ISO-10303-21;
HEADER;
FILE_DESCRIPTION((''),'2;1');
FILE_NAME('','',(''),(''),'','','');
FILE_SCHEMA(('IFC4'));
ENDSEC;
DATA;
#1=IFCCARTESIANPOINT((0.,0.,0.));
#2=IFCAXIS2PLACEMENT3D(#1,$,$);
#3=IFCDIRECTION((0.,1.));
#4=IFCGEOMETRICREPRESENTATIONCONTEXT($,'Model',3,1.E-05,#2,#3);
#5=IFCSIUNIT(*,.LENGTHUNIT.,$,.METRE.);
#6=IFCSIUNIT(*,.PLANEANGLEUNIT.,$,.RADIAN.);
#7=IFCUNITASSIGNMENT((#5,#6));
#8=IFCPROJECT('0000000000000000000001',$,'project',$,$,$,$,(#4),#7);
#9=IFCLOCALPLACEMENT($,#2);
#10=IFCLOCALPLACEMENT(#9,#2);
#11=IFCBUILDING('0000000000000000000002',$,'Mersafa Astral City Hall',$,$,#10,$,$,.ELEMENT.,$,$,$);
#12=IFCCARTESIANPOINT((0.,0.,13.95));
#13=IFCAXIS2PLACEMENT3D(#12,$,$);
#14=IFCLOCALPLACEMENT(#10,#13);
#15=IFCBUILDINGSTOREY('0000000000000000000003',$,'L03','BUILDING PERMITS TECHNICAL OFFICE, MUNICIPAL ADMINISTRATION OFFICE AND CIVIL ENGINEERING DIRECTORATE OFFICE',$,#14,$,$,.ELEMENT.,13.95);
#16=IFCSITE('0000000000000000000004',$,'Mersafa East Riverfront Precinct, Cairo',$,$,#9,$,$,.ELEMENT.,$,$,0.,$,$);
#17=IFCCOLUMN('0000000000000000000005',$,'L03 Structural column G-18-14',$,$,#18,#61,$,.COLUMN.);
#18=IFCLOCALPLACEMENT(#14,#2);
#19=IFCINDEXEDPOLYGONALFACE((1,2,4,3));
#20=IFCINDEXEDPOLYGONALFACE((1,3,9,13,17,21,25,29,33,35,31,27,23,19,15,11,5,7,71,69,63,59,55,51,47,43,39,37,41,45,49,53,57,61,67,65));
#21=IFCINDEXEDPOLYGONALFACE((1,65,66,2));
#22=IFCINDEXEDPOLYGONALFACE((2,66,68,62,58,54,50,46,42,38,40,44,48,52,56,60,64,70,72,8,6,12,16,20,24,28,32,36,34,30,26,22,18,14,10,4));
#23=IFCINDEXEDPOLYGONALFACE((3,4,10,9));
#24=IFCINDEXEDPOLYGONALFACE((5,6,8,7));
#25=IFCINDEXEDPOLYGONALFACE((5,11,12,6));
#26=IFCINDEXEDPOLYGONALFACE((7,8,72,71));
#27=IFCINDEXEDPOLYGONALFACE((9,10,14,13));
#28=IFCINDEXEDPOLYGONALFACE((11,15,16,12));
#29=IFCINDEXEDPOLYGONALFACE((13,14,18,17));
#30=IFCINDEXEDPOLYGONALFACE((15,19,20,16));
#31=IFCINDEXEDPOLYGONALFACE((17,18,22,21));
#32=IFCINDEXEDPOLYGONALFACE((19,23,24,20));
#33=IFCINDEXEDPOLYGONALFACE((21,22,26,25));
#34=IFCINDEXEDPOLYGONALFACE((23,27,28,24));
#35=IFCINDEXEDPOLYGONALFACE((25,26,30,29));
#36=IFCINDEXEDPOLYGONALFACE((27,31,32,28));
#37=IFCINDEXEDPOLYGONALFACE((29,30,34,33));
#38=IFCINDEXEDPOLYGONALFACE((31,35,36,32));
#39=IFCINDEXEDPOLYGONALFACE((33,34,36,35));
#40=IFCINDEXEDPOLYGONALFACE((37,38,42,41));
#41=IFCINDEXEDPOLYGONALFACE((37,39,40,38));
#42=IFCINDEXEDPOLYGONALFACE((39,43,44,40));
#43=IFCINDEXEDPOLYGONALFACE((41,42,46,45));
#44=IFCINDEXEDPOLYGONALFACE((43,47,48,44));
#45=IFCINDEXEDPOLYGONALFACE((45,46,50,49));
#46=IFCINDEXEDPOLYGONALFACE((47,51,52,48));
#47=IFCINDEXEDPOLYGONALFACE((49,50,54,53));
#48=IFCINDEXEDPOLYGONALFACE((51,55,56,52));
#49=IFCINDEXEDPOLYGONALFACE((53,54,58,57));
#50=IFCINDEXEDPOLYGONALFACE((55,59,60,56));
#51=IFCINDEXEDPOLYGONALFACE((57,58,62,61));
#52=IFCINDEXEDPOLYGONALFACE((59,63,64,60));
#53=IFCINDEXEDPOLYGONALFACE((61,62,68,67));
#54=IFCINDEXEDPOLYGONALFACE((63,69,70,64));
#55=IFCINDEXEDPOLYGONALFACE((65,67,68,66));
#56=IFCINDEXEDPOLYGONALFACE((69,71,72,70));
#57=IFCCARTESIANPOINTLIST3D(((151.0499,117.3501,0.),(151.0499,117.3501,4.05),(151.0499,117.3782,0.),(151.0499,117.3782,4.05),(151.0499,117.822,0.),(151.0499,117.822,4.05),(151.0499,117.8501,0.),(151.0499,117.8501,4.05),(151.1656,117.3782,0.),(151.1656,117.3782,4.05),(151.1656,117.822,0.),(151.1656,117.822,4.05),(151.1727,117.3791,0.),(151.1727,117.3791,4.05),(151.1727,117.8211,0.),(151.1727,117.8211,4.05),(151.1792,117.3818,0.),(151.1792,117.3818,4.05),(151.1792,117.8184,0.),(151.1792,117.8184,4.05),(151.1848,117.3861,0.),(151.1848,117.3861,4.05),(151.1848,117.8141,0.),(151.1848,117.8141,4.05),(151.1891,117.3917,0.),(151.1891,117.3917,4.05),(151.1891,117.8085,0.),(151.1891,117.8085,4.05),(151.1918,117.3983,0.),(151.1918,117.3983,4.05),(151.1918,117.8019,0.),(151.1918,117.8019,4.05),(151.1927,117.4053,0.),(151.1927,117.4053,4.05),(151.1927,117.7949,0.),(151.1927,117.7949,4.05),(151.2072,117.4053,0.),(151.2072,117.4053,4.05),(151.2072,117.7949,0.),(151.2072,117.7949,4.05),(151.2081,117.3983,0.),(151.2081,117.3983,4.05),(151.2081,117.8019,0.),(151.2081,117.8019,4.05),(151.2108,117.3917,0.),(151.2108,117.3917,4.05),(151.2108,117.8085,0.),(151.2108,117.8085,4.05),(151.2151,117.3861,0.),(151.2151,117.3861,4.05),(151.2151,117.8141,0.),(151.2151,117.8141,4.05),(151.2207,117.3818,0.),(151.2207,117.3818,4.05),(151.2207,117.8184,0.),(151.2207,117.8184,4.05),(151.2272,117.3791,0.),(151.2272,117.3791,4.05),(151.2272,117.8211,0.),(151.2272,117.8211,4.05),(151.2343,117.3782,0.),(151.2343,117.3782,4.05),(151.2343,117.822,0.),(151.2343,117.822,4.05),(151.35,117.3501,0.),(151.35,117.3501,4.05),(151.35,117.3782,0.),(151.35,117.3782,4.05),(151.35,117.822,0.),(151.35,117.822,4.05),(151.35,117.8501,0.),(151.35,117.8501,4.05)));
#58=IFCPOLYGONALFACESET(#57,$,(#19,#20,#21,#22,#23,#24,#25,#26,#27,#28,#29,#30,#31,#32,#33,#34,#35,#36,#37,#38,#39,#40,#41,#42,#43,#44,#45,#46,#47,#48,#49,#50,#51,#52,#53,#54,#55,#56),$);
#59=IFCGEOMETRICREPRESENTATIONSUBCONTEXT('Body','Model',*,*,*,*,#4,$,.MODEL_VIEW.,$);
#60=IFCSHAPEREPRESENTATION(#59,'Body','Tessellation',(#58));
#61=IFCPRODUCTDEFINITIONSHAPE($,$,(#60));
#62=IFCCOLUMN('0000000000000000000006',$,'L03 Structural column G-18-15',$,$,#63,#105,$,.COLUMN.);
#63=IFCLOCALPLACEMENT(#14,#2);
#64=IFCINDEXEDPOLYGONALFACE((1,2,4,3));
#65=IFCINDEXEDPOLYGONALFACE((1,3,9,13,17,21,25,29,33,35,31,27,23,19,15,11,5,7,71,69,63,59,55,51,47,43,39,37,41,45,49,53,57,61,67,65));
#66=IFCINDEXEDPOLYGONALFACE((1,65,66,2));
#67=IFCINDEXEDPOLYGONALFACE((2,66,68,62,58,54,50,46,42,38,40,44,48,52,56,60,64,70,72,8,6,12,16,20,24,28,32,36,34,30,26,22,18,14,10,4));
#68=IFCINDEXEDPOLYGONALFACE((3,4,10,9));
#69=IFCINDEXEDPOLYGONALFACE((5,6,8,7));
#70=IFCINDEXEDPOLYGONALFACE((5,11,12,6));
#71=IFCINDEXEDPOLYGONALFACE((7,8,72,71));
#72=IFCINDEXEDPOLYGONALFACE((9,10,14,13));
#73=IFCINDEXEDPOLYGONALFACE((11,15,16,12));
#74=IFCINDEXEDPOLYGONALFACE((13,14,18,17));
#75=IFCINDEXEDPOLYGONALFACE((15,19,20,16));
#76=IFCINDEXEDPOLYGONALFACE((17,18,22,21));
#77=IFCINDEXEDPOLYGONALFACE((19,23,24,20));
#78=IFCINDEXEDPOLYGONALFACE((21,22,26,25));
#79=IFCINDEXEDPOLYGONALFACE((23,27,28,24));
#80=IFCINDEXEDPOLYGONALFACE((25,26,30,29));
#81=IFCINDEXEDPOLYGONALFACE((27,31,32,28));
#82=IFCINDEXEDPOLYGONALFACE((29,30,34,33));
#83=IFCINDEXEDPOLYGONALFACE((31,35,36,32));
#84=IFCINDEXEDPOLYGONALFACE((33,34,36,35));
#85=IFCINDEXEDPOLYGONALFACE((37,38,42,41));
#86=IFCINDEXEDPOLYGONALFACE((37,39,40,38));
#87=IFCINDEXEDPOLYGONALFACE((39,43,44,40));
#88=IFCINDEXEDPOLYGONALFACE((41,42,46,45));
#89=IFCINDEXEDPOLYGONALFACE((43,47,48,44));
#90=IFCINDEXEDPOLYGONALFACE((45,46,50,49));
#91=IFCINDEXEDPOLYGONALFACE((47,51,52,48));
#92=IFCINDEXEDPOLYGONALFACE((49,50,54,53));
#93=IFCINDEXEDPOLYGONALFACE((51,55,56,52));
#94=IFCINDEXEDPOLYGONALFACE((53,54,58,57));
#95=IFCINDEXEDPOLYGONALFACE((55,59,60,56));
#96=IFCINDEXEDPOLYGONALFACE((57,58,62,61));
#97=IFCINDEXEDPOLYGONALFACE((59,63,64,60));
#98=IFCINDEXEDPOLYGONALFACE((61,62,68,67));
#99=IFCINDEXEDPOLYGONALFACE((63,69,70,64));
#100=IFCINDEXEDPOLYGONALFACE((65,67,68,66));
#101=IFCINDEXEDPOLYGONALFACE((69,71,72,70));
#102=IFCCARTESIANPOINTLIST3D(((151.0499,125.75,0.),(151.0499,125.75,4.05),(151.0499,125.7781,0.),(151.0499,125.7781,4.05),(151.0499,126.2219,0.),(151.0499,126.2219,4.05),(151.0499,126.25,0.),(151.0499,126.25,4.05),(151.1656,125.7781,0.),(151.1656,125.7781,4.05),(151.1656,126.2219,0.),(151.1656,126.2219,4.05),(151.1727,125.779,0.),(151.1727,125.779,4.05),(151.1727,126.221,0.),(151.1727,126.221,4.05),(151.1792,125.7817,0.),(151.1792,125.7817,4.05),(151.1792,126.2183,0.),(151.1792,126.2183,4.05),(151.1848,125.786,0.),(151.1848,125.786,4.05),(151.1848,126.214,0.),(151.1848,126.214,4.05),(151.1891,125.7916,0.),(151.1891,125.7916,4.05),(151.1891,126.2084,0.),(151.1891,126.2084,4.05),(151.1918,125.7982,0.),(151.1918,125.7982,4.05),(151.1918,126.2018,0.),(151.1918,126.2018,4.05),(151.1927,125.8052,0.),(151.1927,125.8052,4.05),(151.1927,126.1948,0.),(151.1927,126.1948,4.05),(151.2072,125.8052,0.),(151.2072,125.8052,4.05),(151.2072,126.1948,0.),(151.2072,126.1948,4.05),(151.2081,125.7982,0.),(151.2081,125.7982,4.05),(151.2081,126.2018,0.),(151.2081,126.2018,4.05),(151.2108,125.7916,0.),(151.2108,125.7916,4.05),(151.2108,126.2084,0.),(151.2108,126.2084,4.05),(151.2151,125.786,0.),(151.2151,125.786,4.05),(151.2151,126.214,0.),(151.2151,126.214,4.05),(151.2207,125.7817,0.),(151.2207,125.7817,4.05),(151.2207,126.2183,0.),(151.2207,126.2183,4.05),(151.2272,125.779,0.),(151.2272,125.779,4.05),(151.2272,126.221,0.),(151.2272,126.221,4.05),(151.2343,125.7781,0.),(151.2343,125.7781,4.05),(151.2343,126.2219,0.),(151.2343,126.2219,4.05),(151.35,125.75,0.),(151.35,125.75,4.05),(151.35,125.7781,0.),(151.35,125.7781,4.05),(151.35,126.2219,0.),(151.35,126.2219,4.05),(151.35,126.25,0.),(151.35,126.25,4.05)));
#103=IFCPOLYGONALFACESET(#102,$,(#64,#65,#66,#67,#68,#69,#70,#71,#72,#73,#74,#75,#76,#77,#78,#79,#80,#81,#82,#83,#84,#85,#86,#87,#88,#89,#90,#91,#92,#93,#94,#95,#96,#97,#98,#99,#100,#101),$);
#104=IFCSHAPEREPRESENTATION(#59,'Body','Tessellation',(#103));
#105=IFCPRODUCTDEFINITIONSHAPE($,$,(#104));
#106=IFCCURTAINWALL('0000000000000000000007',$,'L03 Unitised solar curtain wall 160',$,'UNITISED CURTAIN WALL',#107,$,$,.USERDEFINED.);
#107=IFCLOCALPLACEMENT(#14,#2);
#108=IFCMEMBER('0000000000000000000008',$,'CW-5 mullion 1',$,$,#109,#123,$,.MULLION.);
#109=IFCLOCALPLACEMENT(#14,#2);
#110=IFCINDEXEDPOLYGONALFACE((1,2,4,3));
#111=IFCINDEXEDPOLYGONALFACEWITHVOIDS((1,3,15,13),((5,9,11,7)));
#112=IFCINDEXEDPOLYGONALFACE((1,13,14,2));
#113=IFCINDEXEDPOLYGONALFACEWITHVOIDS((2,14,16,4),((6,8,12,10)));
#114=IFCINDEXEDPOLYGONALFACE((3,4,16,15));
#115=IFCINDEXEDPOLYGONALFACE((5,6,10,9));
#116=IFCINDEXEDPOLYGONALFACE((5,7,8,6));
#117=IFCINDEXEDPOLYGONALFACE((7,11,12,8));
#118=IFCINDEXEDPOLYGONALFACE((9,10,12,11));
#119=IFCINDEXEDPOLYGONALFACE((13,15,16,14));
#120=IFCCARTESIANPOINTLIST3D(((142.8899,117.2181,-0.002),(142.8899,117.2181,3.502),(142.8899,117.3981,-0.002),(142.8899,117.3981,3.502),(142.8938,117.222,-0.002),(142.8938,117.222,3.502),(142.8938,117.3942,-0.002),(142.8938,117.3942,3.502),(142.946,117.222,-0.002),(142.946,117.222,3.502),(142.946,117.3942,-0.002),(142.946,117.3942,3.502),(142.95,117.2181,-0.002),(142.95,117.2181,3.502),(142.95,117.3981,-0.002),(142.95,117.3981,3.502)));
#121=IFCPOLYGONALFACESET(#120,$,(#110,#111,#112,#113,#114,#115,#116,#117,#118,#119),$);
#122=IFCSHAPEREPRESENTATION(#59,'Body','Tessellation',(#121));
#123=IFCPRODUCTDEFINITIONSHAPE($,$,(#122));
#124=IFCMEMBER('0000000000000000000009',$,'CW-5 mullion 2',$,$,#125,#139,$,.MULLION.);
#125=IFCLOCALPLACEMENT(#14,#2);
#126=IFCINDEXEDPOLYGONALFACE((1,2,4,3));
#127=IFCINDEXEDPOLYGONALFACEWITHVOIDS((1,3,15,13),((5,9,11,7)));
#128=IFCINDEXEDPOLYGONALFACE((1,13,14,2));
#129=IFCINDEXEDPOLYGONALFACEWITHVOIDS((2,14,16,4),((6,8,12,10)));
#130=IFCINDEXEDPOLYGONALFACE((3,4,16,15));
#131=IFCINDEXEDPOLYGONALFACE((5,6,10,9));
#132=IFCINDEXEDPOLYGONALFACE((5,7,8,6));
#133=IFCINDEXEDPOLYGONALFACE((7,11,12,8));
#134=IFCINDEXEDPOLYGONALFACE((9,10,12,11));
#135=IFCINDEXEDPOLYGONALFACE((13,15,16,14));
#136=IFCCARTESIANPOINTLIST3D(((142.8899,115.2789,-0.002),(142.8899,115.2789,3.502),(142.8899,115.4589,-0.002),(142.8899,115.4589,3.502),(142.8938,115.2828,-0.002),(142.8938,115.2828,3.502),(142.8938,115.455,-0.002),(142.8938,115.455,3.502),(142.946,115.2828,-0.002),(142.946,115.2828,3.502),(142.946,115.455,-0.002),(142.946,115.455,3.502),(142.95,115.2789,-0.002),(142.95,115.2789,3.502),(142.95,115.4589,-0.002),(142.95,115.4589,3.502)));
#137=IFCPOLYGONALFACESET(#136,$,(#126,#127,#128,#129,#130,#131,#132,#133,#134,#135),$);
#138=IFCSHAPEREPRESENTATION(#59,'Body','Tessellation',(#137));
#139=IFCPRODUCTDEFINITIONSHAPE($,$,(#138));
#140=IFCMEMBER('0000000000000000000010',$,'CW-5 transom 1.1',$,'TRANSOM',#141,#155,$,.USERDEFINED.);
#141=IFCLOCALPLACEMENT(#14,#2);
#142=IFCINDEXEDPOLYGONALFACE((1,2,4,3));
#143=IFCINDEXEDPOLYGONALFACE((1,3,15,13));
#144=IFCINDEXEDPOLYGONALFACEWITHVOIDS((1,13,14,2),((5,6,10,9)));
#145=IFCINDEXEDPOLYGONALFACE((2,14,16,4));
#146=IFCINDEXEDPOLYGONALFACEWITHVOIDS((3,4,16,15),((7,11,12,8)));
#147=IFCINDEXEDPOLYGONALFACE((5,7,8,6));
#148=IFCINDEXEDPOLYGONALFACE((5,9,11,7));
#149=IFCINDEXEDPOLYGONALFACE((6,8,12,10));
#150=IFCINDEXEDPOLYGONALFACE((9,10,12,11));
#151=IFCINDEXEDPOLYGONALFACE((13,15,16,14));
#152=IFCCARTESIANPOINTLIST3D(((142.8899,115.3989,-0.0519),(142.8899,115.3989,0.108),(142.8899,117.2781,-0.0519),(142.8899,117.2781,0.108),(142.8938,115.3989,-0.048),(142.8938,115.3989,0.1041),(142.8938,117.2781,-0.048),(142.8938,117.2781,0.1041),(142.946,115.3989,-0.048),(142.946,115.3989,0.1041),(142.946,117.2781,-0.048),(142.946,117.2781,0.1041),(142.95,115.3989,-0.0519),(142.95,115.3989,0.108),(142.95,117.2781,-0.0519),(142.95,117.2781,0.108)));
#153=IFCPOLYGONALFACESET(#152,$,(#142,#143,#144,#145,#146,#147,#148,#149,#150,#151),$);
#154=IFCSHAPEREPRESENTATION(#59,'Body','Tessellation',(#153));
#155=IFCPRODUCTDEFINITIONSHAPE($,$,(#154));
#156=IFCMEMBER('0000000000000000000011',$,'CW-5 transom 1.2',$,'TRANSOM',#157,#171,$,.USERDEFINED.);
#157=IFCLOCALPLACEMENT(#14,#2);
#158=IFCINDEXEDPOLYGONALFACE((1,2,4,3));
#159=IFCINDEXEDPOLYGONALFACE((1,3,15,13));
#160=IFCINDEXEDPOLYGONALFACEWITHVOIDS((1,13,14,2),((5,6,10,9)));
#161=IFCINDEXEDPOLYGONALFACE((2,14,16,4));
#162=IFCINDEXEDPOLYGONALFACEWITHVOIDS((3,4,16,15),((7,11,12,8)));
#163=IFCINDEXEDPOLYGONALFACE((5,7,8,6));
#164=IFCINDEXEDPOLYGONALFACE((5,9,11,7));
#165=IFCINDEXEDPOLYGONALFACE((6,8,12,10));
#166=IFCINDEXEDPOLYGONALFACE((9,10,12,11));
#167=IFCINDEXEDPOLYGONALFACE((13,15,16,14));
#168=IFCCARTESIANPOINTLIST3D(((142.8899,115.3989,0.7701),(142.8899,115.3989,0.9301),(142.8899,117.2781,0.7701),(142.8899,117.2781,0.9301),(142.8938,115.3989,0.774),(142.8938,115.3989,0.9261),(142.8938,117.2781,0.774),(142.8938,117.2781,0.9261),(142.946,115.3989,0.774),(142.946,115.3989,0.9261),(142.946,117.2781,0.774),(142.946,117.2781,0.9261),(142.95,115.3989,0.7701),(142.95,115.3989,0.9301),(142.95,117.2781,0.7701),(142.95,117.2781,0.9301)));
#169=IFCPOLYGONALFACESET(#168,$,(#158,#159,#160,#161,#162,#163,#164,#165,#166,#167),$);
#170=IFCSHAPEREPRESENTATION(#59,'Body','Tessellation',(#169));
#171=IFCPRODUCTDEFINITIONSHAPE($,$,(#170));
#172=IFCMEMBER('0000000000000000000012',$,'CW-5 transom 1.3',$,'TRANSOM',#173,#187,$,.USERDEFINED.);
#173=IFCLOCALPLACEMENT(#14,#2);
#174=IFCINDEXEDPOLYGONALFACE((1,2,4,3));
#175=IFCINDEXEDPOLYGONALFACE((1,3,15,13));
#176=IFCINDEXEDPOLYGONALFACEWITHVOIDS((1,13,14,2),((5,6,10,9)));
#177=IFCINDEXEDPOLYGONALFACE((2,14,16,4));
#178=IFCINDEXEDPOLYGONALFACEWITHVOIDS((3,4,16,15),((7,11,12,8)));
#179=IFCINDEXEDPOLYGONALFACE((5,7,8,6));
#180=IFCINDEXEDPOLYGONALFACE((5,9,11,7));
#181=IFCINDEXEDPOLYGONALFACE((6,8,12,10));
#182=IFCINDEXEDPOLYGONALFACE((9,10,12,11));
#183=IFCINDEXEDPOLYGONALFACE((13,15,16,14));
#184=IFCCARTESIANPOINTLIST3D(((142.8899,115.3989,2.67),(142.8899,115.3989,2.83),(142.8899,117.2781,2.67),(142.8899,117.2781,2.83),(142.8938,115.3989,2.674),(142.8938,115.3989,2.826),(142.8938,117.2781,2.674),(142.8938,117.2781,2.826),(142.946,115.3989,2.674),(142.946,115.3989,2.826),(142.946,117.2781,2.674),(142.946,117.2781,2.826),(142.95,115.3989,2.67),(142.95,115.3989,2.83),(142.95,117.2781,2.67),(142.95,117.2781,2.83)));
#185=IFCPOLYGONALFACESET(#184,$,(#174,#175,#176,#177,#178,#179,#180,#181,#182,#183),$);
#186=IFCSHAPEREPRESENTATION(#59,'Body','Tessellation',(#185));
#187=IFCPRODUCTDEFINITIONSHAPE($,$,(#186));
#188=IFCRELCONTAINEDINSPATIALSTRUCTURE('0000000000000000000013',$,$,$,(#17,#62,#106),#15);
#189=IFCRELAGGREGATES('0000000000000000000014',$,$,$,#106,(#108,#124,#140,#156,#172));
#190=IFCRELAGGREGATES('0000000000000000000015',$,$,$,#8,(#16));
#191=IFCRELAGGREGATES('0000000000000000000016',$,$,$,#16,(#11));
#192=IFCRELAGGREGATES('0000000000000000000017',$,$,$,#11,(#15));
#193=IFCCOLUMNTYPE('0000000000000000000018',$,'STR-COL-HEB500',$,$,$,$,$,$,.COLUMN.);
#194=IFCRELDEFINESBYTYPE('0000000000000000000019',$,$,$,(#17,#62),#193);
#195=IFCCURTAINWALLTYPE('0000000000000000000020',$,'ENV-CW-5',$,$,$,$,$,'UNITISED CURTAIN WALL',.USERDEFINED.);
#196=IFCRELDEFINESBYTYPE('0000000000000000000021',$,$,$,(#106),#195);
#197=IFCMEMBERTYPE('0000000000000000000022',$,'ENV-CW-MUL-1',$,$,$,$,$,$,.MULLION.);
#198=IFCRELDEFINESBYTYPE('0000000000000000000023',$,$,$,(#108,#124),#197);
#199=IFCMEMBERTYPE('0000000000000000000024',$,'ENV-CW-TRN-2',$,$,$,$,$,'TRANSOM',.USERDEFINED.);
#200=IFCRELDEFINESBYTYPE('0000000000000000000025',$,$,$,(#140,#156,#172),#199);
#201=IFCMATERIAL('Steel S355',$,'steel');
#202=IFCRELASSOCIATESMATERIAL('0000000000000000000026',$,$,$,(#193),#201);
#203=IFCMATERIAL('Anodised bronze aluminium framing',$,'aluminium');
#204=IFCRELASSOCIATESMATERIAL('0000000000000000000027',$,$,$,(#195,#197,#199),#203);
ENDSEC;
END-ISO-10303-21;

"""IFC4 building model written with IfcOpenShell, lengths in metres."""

from ifc_helpers import new_model, si_unit, direction, frame, origin, origin_2d, place, context, subcontext, project, spatial, hollow_rectangle, i_section, extrude, material, material_profile, profile_set, type_object, element, aggregate, save


model = new_model("IFC4")

# Units and contexts
model_context = context("Model", 3, precision=1e-05, world=origin(), true_north=direction((0.0, 1.0)))
body_context = subcontext(model_context, "Body", "Model", "MODEL_VIEW")
ifc_project = project(units=[si_unit("LENGTHUNIT", "METRE"), si_unit("PLANEANGLEUNIT", "RADIAN")], contexts=[model_context])

# Site, building, storey
site_placement = place(None, origin())
site = spatial("IfcSite", under=ifc_project, at=site_placement, Name="Mersafa East Riverfront Precinct, Cairo", CompositionType="ELEMENT", RefElevation=0.0)
building_placement = place(site_placement, origin())
building = spatial("IfcBuilding", under=site, at=building_placement, Name="Mersafa Astral City Hall", CompositionType="ELEMENT")
storey_placement = place(building_placement, frame((0.0, 0.0, 13.95)))
storey = spatial("IfcBuildingStorey", under=building, at=storey_placement, Name="L03", Description="BUILDING PERMITS TECHNICAL OFFICE, MUNICIPAL ADMINISTRATION OFFICE AND CIVIL ENGINEERING DIRECTORATE OFFICE", CompositionType="ELEMENT", Elevation=13.95)

# Columns
ifc_material_1 = material(Name="Steel S355", Category="steel")
ifc_material_profile_1 = material_profile(ifc_material_1, i_section(OverallWidth=0.3, OverallDepth=0.5, WebThickness=0.0144, FlangeThickness=0.0281, FilletRadius=0.0271, at=origin_2d()), Name="HEB 500")
ifc_profile_set_1 = profile_set([ifc_material_profile_1], Name="Steel S355")
column_type = type_object("IfcColumnType", Name="STR-COL-HEB500", PredefinedType="COLUMN", material=ifc_profile_set_1)
for number, where, z_axis, x_axis, name in (
    (1, (151.2, 117.6001, 0.0), (0.0, 0.0, 1.0), (1.0, 0.0, 0.0), "L03 Structural column G-18-14"),
    (2, (151.2, 126.0, 0.0), (0.0, 0.0, 1.0), (1.0, 0.0, 0.0), "L03 Structural column G-18-15"),
):
    element("IfcColumn", number, at=place(storey_placement, frame(where, z_axis=z_axis, x_axis=x_axis)), inside=storey, type_object=column_type, Name=name, PredefinedType="COLUMN", context=body_context, shape_type="SweptSolid", body=[
        extrude(i_section(OverallWidth=0.3, OverallDepth=0.5, WebThickness=0.0144, FlangeThickness=0.0281, FilletRadius=0.0271, at=origin_2d()), origin(), (0.0, 0.0, 1.0), 4.05),
    ])

# Curtain wall, members
ifc_material_2 = material(Name="Anodised bronze aluminium framing", Category="aluminium")
curtain_wall_type = type_object("IfcCurtainWallType", Name="ENV-CW-5", ElementType="UNITISED CURTAIN WALL", PredefinedType="USERDEFINED", material=ifc_material_2)
curtain_wall_placement = place(storey_placement, origin())
curtain_wall = element("IfcCurtainWall", 3, at=curtain_wall_placement, inside=storey, type_object=curtain_wall_type, Name="L03 Unitised solar curtain wall 160", ObjectType="UNITISED CURTAIN WALL", PredefinedType="USERDEFINED")
ifc_material_profile_2 = material_profile(ifc_material_2, hollow_rectangle(XDim=0.0601, YDim=0.1799, WallThickness=0.0039, at=origin_2d()), Name="RHS 60x180x4")
ifc_profile_set_2 = profile_set([ifc_material_profile_2], Name="Anodised bronze aluminium framing")
member_type_1 = type_object("IfcMemberType", Name="ENV-CW-MUL-1", PredefinedType="MULLION", material=ifc_profile_set_2)
member_1_placement = place(storey_placement, frame((142.9199, 117.3081, -0.002), z_axis=(0.0, 0.0, 1.0), x_axis=(1.0, 0.0, 0.0)))
member_1 = element("IfcMember", 4, at=member_1_placement, type_object=member_type_1, Name="CW-5 mullion 1", PredefinedType="MULLION", context=body_context, shape_type="SweptSolid", body=[
    extrude(hollow_rectangle(XDim=0.0601, YDim=0.1799, WallThickness=0.0039, at=origin_2d()), origin(), (0.0, 0.0, 1.0), 3.5039),
])
member_2_placement = place(storey_placement, frame((142.9199, 115.3689, -0.002), z_axis=(0.0, 0.0, 1.0), x_axis=(1.0, 0.0, 0.0)))
member_2 = element("IfcMember", 5, at=member_2_placement, type_object=member_type_1, Name="CW-5 mullion 2", PredefinedType="MULLION", context=body_context, shape_type="SweptSolid", body=[
    extrude(hollow_rectangle(XDim=0.0601, YDim=0.1799, WallThickness=0.0039, at=origin_2d()), origin(), (0.0, 0.0, 1.0), 3.5039),
])
ifc_material_profile_3 = material_profile(ifc_material_2, hollow_rectangle(XDim=0.0601, YDim=0.1599, WallThickness=0.0039, at=origin_2d()), Name="RHS 60x160x4")
ifc_profile_set_3 = profile_set([ifc_material_profile_3], Name="Anodised bronze aluminium framing")
member_type_2 = type_object("IfcMemberType", Name="ENV-CW-TRN-2", ElementType="TRANSOM", PredefinedType="USERDEFINED", material=ifc_profile_set_3)
member_3_placement = place(storey_placement, frame((142.9199, 117.2781, 0.0281), z_axis=(0.0, -1.0, 0.0), x_axis=(1.0, 0.0, 0.0)))
member_3 = element("IfcMember", 6, at=member_3_placement, type_object=member_type_2, Name="CW-5 transom 1.1", ObjectType="TRANSOM", PredefinedType="USERDEFINED", context=body_context, shape_type="SweptSolid", body=[
    extrude(hollow_rectangle(XDim=0.0601, YDim=0.1599, WallThickness=0.0039, at=origin_2d()), origin(), (0.0, 0.0, 1.0), 1.8792),
])
member_4_placement = place(storey_placement, frame((142.9199, 117.2781, 0.8501), z_axis=(0.0, -1.0, 0.0), x_axis=(1.0, 0.0, 0.0)))
member_4 = element("IfcMember", 7, at=member_4_placement, type_object=member_type_2, Name="CW-5 transom 1.2", ObjectType="TRANSOM", PredefinedType="USERDEFINED", context=body_context, shape_type="SweptSolid", body=[
    extrude(hollow_rectangle(XDim=0.0601, YDim=0.1599, WallThickness=0.0039, at=origin_2d()), origin(), (0.0, 0.0, 1.0), 1.8792),
])
member_5_placement = place(storey_placement, frame((142.9199, 117.2781, 2.75), z_axis=(0.0, -1.0, 0.0), x_axis=(1.0, 0.0, 0.0)))
member_5 = element("IfcMember", 8, at=member_5_placement, type_object=member_type_2, Name="CW-5 transom 1.3", ObjectType="TRANSOM", PredefinedType="USERDEFINED", context=body_context, shape_type="SweptSolid", body=[
    extrude(hollow_rectangle(XDim=0.0601, YDim=0.1599, WallThickness=0.0039, at=origin_2d()), origin(), (0.0, 0.0, 1.0), 1.8792),
])

aggregate(curtain_wall, [member_1, member_2, member_3, member_4, member_5])

save(model, "model.ifc")
